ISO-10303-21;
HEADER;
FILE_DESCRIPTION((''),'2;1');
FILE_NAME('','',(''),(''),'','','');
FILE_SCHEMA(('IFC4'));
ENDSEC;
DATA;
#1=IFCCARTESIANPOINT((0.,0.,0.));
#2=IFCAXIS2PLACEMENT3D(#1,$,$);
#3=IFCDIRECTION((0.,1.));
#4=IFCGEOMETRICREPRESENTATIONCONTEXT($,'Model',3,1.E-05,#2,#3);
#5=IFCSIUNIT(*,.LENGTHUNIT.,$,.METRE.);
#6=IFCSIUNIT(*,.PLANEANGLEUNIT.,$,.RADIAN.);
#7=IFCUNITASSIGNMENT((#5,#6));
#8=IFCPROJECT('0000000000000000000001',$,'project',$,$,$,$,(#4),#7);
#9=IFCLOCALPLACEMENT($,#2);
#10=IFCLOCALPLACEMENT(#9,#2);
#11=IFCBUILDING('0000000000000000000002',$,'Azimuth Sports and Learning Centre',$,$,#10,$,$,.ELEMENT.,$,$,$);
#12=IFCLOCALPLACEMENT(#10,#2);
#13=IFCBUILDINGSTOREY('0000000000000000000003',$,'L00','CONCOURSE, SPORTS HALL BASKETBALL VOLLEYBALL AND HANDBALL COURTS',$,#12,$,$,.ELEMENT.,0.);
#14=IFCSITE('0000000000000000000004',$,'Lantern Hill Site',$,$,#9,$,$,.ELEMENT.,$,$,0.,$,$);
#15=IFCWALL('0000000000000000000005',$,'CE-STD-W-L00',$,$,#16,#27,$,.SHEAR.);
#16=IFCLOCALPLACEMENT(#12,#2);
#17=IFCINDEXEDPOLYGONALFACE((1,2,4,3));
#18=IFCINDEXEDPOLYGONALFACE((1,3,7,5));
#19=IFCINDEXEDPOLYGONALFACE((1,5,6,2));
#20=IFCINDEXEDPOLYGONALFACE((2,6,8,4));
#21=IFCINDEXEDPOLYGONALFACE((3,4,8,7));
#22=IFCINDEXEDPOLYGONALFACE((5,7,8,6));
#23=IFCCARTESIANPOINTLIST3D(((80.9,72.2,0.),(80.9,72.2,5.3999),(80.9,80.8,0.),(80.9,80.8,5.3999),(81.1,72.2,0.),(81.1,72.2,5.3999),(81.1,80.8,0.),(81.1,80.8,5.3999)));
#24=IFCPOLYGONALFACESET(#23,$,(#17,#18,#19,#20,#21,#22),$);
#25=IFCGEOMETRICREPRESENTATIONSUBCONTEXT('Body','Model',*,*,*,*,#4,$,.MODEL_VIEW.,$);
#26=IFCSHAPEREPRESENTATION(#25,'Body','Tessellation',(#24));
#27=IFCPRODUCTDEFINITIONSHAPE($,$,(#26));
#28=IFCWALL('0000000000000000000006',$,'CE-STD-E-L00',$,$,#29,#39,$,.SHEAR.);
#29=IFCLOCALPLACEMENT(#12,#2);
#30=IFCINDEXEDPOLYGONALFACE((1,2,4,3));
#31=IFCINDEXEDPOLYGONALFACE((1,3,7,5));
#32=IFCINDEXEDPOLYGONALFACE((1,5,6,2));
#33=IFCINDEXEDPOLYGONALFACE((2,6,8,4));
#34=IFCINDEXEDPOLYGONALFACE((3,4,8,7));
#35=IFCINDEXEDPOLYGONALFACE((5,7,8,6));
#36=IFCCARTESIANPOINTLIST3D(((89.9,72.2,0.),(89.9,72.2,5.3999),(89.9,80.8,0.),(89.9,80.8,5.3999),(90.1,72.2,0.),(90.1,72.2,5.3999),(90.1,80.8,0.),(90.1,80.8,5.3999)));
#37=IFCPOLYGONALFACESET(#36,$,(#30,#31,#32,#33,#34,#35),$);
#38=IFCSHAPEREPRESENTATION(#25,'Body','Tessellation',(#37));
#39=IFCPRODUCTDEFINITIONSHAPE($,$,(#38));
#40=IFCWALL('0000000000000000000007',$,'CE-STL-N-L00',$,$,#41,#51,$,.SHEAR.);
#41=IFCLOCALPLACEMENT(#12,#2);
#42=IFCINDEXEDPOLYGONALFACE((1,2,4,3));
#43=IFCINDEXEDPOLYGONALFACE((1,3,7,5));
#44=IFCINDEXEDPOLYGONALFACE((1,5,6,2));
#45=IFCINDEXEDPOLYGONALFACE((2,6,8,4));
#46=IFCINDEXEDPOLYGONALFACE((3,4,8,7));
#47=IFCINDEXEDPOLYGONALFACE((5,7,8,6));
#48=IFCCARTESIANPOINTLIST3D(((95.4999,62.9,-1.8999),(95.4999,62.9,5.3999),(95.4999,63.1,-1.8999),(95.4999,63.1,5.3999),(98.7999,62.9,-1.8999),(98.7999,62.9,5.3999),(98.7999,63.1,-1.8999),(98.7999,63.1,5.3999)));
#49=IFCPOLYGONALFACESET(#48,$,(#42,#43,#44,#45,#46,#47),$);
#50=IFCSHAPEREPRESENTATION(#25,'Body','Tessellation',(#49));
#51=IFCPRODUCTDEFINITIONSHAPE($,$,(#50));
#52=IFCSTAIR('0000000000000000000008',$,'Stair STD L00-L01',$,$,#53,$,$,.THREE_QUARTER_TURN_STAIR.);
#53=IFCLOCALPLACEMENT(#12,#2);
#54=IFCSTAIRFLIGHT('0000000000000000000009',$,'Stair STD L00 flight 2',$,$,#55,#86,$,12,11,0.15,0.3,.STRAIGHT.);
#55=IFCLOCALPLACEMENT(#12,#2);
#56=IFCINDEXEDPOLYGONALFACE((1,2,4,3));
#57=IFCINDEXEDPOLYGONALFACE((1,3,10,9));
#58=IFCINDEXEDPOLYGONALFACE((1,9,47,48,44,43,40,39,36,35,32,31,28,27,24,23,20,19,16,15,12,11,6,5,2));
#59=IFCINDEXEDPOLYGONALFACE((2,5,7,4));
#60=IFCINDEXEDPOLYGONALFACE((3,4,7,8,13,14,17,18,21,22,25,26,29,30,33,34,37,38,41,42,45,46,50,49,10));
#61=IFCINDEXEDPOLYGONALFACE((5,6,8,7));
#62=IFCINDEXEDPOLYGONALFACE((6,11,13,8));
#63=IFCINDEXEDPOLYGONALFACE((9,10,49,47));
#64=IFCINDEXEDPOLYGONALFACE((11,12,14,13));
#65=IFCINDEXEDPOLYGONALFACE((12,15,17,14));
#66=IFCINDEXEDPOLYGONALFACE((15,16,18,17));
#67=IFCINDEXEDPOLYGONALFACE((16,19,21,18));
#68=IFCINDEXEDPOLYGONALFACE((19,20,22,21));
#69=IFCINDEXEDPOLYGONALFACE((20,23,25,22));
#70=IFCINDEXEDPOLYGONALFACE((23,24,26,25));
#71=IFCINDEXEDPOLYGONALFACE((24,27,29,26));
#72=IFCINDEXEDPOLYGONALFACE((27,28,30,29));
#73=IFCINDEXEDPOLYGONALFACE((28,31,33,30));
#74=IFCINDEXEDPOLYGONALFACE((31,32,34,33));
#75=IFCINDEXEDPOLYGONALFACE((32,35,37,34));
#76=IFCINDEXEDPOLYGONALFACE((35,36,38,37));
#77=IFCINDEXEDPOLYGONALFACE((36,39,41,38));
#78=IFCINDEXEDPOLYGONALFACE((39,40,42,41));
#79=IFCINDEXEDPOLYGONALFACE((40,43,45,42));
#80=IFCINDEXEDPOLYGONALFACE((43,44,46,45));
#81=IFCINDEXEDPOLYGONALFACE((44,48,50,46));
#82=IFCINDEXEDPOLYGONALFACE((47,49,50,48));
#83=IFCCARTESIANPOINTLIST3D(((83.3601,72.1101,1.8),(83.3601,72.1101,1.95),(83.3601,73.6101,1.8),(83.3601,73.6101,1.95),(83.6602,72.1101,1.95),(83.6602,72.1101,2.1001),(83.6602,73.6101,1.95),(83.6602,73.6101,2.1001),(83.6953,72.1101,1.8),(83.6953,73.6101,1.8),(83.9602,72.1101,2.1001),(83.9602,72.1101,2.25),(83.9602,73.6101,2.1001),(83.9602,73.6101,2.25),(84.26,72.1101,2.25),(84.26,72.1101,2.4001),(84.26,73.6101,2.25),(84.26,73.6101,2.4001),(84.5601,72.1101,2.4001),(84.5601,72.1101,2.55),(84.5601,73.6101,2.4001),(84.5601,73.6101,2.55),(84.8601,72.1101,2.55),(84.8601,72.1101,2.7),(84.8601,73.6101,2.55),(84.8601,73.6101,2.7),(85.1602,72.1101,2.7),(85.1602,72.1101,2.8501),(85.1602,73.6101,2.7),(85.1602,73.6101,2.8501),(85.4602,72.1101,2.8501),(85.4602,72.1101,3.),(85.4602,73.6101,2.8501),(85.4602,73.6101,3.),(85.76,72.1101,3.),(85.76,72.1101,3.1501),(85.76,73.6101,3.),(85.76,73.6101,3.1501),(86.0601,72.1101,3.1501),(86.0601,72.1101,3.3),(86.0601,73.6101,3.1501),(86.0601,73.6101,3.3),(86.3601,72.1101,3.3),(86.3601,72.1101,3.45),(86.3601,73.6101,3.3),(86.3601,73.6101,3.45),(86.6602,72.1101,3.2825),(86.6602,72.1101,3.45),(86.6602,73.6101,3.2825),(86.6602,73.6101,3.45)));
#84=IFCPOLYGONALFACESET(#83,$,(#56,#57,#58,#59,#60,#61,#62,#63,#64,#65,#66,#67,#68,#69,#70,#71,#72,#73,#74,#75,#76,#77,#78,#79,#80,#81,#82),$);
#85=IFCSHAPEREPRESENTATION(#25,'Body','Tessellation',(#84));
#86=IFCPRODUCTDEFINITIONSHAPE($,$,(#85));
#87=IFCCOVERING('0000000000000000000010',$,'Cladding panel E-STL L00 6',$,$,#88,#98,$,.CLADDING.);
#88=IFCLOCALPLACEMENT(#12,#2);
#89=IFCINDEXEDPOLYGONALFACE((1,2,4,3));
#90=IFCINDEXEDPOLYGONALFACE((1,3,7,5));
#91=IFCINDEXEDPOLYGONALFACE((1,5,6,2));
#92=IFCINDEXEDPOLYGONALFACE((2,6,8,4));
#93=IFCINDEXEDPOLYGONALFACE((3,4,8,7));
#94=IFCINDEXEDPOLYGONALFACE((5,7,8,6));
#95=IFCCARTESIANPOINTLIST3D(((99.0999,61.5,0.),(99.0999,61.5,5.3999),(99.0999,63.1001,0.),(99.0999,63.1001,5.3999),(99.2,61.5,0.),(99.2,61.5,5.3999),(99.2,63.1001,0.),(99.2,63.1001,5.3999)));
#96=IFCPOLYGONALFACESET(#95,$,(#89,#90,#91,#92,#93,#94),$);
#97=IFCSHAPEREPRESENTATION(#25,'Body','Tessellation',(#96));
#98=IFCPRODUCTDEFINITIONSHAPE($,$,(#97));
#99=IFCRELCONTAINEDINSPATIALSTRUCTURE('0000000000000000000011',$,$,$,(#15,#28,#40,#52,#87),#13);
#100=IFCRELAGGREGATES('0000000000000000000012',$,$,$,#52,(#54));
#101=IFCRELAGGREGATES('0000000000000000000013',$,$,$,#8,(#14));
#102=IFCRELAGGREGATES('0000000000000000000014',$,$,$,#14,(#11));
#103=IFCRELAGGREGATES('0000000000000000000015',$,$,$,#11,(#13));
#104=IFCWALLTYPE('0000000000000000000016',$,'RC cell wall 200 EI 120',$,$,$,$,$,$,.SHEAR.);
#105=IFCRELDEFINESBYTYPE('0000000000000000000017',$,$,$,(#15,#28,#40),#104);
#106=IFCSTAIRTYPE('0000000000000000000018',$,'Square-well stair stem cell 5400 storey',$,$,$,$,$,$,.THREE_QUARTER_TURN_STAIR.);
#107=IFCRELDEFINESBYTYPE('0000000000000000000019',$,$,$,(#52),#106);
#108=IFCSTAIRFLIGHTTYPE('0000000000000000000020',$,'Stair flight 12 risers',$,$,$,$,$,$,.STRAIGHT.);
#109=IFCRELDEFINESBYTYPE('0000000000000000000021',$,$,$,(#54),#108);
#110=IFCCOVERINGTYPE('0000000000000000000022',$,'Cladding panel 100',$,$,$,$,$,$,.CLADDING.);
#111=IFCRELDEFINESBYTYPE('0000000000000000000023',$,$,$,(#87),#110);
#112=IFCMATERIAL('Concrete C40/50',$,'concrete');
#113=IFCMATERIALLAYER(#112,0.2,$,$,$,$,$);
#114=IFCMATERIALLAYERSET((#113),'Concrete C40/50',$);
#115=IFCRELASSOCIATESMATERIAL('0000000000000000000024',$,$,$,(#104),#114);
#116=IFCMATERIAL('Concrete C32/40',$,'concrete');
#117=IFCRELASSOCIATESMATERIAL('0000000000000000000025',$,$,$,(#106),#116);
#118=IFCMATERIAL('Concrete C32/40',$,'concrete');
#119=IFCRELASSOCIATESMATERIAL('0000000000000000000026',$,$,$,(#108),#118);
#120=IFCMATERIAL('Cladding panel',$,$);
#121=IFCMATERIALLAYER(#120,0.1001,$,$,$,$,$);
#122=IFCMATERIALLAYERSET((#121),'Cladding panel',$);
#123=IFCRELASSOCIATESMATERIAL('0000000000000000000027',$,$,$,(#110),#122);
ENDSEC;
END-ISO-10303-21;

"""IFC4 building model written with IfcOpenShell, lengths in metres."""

from ifc_helpers import new_model, si_unit, direction, frame, frame_2d, origin, origin_2d, place, context, subcontext, project, spatial, polyline, rectangle, outline, extrude, material, layer, layer_set, type_object, element, aggregate, save


model = new_model("IFC4")

# Units and contexts
model_context = context("Model", 3, precision=1e-05, world=origin(), true_north=direction((0.0, 1.0)))
body_context = subcontext(model_context, "Body", "Model", "MODEL_VIEW")
ifc_project = project(units=[si_unit("LENGTHUNIT", "METRE"), si_unit("PLANEANGLEUNIT", "RADIAN")], contexts=[model_context])

# Site, building, storey
site_placement = place(None, origin())
site = spatial("IfcSite", under=ifc_project, at=site_placement, Name="Lantern Hill Site", CompositionType="ELEMENT", RefElevation=0.0)
building_placement = place(site_placement, origin())
building = spatial("IfcBuilding", under=site, at=building_placement, Name="Azimuth Sports and Learning Centre", CompositionType="ELEMENT")
storey_placement = place(building_placement, origin())
storey = spatial("IfcBuildingStorey", under=building, at=storey_placement, Name="L00", Description="CONCOURSE, SPORTS HALL BASKETBALL VOLLEYBALL AND HANDBALL COURTS", CompositionType="ELEMENT", Elevation=0.0)

# Walls
ifc_material_1 = material(Name="Concrete C40/50", Category="concrete")
ifc_layer_1 = layer(ifc_material_1, 0.2)
ifc_layer_set_1 = layer_set([ifc_layer_1], Name="Concrete C40/50")
wall_type_1 = type_object("IfcWallType", Name="RC cell wall 200 EI 120", PredefinedType="SHEAR", material=ifc_layer_set_1)
for number, where, z_axis, x_axis, name in (
    (1, (81.0, 72.2, 0.0), (0.0, 0.0, 1.0), (0.0, 1.0, 0.0), "CE-STD-W-L00"),
    (2, (90.0, 72.2, 0.0), (0.0, 0.0, 1.0), (0.0, 1.0, 0.0), "CE-STD-E-L00"),
):
    element("IfcWall", number, at=place(storey_placement, frame(where, z_axis=z_axis, x_axis=x_axis)), inside=storey, type_object=wall_type_1, Name=name, PredefinedType="SHEAR", context=body_context, shape_type="SweptSolid", body=[
        extrude(rectangle(XDim=8.6001, YDim=0.2, at=frame_2d((4.3, 0.0))), origin(), (0.0, 0.0, 1.0), 5.3999),
    ])
wall_1_placement = place(storey_placement, frame((95.5, 63.0, -1.8999), z_axis=(0.0, 0.0, 1.0), x_axis=(1.0, 0.0, 0.0)))
element("IfcWall", 3, at=wall_1_placement, inside=storey, type_object=wall_type_1, Name="CE-STL-N-L00", PredefinedType="SHEAR", context=body_context, shape_type="SweptSolid", body=[
    extrude(rectangle(XDim=3.3, YDim=0.2, at=frame_2d((1.6499, 0.0))), origin(), (0.0, 0.0, 1.0), 7.2998),
])

# Stair, stair flight
ifc_material_2 = material(Name="Concrete C32/40", Category="concrete")
stair_type = type_object("IfcStairType", Name="Square-well stair stem cell 5400 storey", PredefinedType="THREE_QUARTER_TURN_STAIR", material=ifc_material_2)
stair_placement = place(storey_placement, origin())
stair = element("IfcStair", 4, at=stair_placement, inside=storey, type_object=stair_type, Name="Stair STD L00-L01", PredefinedType="THREE_QUARTER_TURN_STAIR")
ifc_material_3 = material(Name="Concrete C32/40", Category="concrete")
stair_flight_type = type_object("IfcStairFlightType", Name="Stair flight 12 risers", PredefinedType="STRAIGHT", material=ifc_material_3)
stair_flight_placement = place(storey_placement, frame((83.3601, 72.8601, 1.8), z_axis=(0.0, 0.0, 1.0), x_axis=(1.0, 0.0, 0.0)))
stair_flight = element("IfcStairFlight", 5, at=stair_flight_placement, type_object=stair_flight_type, Name="Stair STD L00 flight 2", NumberOfRisers=12, NumberOfTreads=11, PredefinedType="STRAIGHT", RiserHeight=0.15, TreadLength=0.3, context=body_context, shape_type="SweptSolid", body=[
    extrude(outline(polyline([(0.0, 0.0), (0.0, 0.1499), (0.3, 0.1499), (0.3, 0.3), (0.6001, 0.3), (0.6001, 0.45), (0.8999, 0.45), (0.8999, 0.6001), (1.2, 0.6001), (1.2, 0.75), (1.5, 0.75), (1.5, 0.8999), (1.8, 0.8999), (1.8, 1.05), (2.1001, 1.05), (2.1001, 1.2), (2.3999, 1.2), (2.3999, 1.3501), (2.7, 1.3501), (2.7, 1.5), (3.0, 1.5), (3.0, 1.6499), (3.3, 1.6499), (3.3, 1.8), (3.3, 1.4824), (0.3352, 0.0), (0.0, 0.0)])), frame((0.0, 0.75, 0.0), z_axis=(0.0, -1.0, 0.0), x_axis=(1.0, 0.0, 0.0)), (0.0, 0.0, 1.0), 1.5),
])
aggregate(stair, [stair_flight])

# Covering
ifc_material_4 = material(Name="Cladding panel")
ifc_layer_2 = layer(ifc_material_4, 0.1001)
ifc_layer_set_2 = layer_set([ifc_layer_2], Name="Cladding panel")
covering_type = type_object("IfcCoveringType", Name="Cladding panel 100", PredefinedType="CLADDING", material=ifc_layer_set_2)
covering_placement = place(storey_placement, frame((99.1499, 62.3, 0.0), z_axis=(0.0, 0.0, 1.0), x_axis=(0.0, 1.0, 0.0)))
element("IfcCovering", 6, at=covering_placement, inside=storey, type_object=covering_type, Name="Cladding panel E-STL L00 6", PredefinedType="CLADDING", context=body_context, shape_type="SweptSolid", body=[
    extrude(rectangle(XDim=1.6001, YDim=0.1001, at=origin_2d()), origin(), (0.0, 0.0, 1.0), 5.3999),
])

save(model, "model.ifc")
